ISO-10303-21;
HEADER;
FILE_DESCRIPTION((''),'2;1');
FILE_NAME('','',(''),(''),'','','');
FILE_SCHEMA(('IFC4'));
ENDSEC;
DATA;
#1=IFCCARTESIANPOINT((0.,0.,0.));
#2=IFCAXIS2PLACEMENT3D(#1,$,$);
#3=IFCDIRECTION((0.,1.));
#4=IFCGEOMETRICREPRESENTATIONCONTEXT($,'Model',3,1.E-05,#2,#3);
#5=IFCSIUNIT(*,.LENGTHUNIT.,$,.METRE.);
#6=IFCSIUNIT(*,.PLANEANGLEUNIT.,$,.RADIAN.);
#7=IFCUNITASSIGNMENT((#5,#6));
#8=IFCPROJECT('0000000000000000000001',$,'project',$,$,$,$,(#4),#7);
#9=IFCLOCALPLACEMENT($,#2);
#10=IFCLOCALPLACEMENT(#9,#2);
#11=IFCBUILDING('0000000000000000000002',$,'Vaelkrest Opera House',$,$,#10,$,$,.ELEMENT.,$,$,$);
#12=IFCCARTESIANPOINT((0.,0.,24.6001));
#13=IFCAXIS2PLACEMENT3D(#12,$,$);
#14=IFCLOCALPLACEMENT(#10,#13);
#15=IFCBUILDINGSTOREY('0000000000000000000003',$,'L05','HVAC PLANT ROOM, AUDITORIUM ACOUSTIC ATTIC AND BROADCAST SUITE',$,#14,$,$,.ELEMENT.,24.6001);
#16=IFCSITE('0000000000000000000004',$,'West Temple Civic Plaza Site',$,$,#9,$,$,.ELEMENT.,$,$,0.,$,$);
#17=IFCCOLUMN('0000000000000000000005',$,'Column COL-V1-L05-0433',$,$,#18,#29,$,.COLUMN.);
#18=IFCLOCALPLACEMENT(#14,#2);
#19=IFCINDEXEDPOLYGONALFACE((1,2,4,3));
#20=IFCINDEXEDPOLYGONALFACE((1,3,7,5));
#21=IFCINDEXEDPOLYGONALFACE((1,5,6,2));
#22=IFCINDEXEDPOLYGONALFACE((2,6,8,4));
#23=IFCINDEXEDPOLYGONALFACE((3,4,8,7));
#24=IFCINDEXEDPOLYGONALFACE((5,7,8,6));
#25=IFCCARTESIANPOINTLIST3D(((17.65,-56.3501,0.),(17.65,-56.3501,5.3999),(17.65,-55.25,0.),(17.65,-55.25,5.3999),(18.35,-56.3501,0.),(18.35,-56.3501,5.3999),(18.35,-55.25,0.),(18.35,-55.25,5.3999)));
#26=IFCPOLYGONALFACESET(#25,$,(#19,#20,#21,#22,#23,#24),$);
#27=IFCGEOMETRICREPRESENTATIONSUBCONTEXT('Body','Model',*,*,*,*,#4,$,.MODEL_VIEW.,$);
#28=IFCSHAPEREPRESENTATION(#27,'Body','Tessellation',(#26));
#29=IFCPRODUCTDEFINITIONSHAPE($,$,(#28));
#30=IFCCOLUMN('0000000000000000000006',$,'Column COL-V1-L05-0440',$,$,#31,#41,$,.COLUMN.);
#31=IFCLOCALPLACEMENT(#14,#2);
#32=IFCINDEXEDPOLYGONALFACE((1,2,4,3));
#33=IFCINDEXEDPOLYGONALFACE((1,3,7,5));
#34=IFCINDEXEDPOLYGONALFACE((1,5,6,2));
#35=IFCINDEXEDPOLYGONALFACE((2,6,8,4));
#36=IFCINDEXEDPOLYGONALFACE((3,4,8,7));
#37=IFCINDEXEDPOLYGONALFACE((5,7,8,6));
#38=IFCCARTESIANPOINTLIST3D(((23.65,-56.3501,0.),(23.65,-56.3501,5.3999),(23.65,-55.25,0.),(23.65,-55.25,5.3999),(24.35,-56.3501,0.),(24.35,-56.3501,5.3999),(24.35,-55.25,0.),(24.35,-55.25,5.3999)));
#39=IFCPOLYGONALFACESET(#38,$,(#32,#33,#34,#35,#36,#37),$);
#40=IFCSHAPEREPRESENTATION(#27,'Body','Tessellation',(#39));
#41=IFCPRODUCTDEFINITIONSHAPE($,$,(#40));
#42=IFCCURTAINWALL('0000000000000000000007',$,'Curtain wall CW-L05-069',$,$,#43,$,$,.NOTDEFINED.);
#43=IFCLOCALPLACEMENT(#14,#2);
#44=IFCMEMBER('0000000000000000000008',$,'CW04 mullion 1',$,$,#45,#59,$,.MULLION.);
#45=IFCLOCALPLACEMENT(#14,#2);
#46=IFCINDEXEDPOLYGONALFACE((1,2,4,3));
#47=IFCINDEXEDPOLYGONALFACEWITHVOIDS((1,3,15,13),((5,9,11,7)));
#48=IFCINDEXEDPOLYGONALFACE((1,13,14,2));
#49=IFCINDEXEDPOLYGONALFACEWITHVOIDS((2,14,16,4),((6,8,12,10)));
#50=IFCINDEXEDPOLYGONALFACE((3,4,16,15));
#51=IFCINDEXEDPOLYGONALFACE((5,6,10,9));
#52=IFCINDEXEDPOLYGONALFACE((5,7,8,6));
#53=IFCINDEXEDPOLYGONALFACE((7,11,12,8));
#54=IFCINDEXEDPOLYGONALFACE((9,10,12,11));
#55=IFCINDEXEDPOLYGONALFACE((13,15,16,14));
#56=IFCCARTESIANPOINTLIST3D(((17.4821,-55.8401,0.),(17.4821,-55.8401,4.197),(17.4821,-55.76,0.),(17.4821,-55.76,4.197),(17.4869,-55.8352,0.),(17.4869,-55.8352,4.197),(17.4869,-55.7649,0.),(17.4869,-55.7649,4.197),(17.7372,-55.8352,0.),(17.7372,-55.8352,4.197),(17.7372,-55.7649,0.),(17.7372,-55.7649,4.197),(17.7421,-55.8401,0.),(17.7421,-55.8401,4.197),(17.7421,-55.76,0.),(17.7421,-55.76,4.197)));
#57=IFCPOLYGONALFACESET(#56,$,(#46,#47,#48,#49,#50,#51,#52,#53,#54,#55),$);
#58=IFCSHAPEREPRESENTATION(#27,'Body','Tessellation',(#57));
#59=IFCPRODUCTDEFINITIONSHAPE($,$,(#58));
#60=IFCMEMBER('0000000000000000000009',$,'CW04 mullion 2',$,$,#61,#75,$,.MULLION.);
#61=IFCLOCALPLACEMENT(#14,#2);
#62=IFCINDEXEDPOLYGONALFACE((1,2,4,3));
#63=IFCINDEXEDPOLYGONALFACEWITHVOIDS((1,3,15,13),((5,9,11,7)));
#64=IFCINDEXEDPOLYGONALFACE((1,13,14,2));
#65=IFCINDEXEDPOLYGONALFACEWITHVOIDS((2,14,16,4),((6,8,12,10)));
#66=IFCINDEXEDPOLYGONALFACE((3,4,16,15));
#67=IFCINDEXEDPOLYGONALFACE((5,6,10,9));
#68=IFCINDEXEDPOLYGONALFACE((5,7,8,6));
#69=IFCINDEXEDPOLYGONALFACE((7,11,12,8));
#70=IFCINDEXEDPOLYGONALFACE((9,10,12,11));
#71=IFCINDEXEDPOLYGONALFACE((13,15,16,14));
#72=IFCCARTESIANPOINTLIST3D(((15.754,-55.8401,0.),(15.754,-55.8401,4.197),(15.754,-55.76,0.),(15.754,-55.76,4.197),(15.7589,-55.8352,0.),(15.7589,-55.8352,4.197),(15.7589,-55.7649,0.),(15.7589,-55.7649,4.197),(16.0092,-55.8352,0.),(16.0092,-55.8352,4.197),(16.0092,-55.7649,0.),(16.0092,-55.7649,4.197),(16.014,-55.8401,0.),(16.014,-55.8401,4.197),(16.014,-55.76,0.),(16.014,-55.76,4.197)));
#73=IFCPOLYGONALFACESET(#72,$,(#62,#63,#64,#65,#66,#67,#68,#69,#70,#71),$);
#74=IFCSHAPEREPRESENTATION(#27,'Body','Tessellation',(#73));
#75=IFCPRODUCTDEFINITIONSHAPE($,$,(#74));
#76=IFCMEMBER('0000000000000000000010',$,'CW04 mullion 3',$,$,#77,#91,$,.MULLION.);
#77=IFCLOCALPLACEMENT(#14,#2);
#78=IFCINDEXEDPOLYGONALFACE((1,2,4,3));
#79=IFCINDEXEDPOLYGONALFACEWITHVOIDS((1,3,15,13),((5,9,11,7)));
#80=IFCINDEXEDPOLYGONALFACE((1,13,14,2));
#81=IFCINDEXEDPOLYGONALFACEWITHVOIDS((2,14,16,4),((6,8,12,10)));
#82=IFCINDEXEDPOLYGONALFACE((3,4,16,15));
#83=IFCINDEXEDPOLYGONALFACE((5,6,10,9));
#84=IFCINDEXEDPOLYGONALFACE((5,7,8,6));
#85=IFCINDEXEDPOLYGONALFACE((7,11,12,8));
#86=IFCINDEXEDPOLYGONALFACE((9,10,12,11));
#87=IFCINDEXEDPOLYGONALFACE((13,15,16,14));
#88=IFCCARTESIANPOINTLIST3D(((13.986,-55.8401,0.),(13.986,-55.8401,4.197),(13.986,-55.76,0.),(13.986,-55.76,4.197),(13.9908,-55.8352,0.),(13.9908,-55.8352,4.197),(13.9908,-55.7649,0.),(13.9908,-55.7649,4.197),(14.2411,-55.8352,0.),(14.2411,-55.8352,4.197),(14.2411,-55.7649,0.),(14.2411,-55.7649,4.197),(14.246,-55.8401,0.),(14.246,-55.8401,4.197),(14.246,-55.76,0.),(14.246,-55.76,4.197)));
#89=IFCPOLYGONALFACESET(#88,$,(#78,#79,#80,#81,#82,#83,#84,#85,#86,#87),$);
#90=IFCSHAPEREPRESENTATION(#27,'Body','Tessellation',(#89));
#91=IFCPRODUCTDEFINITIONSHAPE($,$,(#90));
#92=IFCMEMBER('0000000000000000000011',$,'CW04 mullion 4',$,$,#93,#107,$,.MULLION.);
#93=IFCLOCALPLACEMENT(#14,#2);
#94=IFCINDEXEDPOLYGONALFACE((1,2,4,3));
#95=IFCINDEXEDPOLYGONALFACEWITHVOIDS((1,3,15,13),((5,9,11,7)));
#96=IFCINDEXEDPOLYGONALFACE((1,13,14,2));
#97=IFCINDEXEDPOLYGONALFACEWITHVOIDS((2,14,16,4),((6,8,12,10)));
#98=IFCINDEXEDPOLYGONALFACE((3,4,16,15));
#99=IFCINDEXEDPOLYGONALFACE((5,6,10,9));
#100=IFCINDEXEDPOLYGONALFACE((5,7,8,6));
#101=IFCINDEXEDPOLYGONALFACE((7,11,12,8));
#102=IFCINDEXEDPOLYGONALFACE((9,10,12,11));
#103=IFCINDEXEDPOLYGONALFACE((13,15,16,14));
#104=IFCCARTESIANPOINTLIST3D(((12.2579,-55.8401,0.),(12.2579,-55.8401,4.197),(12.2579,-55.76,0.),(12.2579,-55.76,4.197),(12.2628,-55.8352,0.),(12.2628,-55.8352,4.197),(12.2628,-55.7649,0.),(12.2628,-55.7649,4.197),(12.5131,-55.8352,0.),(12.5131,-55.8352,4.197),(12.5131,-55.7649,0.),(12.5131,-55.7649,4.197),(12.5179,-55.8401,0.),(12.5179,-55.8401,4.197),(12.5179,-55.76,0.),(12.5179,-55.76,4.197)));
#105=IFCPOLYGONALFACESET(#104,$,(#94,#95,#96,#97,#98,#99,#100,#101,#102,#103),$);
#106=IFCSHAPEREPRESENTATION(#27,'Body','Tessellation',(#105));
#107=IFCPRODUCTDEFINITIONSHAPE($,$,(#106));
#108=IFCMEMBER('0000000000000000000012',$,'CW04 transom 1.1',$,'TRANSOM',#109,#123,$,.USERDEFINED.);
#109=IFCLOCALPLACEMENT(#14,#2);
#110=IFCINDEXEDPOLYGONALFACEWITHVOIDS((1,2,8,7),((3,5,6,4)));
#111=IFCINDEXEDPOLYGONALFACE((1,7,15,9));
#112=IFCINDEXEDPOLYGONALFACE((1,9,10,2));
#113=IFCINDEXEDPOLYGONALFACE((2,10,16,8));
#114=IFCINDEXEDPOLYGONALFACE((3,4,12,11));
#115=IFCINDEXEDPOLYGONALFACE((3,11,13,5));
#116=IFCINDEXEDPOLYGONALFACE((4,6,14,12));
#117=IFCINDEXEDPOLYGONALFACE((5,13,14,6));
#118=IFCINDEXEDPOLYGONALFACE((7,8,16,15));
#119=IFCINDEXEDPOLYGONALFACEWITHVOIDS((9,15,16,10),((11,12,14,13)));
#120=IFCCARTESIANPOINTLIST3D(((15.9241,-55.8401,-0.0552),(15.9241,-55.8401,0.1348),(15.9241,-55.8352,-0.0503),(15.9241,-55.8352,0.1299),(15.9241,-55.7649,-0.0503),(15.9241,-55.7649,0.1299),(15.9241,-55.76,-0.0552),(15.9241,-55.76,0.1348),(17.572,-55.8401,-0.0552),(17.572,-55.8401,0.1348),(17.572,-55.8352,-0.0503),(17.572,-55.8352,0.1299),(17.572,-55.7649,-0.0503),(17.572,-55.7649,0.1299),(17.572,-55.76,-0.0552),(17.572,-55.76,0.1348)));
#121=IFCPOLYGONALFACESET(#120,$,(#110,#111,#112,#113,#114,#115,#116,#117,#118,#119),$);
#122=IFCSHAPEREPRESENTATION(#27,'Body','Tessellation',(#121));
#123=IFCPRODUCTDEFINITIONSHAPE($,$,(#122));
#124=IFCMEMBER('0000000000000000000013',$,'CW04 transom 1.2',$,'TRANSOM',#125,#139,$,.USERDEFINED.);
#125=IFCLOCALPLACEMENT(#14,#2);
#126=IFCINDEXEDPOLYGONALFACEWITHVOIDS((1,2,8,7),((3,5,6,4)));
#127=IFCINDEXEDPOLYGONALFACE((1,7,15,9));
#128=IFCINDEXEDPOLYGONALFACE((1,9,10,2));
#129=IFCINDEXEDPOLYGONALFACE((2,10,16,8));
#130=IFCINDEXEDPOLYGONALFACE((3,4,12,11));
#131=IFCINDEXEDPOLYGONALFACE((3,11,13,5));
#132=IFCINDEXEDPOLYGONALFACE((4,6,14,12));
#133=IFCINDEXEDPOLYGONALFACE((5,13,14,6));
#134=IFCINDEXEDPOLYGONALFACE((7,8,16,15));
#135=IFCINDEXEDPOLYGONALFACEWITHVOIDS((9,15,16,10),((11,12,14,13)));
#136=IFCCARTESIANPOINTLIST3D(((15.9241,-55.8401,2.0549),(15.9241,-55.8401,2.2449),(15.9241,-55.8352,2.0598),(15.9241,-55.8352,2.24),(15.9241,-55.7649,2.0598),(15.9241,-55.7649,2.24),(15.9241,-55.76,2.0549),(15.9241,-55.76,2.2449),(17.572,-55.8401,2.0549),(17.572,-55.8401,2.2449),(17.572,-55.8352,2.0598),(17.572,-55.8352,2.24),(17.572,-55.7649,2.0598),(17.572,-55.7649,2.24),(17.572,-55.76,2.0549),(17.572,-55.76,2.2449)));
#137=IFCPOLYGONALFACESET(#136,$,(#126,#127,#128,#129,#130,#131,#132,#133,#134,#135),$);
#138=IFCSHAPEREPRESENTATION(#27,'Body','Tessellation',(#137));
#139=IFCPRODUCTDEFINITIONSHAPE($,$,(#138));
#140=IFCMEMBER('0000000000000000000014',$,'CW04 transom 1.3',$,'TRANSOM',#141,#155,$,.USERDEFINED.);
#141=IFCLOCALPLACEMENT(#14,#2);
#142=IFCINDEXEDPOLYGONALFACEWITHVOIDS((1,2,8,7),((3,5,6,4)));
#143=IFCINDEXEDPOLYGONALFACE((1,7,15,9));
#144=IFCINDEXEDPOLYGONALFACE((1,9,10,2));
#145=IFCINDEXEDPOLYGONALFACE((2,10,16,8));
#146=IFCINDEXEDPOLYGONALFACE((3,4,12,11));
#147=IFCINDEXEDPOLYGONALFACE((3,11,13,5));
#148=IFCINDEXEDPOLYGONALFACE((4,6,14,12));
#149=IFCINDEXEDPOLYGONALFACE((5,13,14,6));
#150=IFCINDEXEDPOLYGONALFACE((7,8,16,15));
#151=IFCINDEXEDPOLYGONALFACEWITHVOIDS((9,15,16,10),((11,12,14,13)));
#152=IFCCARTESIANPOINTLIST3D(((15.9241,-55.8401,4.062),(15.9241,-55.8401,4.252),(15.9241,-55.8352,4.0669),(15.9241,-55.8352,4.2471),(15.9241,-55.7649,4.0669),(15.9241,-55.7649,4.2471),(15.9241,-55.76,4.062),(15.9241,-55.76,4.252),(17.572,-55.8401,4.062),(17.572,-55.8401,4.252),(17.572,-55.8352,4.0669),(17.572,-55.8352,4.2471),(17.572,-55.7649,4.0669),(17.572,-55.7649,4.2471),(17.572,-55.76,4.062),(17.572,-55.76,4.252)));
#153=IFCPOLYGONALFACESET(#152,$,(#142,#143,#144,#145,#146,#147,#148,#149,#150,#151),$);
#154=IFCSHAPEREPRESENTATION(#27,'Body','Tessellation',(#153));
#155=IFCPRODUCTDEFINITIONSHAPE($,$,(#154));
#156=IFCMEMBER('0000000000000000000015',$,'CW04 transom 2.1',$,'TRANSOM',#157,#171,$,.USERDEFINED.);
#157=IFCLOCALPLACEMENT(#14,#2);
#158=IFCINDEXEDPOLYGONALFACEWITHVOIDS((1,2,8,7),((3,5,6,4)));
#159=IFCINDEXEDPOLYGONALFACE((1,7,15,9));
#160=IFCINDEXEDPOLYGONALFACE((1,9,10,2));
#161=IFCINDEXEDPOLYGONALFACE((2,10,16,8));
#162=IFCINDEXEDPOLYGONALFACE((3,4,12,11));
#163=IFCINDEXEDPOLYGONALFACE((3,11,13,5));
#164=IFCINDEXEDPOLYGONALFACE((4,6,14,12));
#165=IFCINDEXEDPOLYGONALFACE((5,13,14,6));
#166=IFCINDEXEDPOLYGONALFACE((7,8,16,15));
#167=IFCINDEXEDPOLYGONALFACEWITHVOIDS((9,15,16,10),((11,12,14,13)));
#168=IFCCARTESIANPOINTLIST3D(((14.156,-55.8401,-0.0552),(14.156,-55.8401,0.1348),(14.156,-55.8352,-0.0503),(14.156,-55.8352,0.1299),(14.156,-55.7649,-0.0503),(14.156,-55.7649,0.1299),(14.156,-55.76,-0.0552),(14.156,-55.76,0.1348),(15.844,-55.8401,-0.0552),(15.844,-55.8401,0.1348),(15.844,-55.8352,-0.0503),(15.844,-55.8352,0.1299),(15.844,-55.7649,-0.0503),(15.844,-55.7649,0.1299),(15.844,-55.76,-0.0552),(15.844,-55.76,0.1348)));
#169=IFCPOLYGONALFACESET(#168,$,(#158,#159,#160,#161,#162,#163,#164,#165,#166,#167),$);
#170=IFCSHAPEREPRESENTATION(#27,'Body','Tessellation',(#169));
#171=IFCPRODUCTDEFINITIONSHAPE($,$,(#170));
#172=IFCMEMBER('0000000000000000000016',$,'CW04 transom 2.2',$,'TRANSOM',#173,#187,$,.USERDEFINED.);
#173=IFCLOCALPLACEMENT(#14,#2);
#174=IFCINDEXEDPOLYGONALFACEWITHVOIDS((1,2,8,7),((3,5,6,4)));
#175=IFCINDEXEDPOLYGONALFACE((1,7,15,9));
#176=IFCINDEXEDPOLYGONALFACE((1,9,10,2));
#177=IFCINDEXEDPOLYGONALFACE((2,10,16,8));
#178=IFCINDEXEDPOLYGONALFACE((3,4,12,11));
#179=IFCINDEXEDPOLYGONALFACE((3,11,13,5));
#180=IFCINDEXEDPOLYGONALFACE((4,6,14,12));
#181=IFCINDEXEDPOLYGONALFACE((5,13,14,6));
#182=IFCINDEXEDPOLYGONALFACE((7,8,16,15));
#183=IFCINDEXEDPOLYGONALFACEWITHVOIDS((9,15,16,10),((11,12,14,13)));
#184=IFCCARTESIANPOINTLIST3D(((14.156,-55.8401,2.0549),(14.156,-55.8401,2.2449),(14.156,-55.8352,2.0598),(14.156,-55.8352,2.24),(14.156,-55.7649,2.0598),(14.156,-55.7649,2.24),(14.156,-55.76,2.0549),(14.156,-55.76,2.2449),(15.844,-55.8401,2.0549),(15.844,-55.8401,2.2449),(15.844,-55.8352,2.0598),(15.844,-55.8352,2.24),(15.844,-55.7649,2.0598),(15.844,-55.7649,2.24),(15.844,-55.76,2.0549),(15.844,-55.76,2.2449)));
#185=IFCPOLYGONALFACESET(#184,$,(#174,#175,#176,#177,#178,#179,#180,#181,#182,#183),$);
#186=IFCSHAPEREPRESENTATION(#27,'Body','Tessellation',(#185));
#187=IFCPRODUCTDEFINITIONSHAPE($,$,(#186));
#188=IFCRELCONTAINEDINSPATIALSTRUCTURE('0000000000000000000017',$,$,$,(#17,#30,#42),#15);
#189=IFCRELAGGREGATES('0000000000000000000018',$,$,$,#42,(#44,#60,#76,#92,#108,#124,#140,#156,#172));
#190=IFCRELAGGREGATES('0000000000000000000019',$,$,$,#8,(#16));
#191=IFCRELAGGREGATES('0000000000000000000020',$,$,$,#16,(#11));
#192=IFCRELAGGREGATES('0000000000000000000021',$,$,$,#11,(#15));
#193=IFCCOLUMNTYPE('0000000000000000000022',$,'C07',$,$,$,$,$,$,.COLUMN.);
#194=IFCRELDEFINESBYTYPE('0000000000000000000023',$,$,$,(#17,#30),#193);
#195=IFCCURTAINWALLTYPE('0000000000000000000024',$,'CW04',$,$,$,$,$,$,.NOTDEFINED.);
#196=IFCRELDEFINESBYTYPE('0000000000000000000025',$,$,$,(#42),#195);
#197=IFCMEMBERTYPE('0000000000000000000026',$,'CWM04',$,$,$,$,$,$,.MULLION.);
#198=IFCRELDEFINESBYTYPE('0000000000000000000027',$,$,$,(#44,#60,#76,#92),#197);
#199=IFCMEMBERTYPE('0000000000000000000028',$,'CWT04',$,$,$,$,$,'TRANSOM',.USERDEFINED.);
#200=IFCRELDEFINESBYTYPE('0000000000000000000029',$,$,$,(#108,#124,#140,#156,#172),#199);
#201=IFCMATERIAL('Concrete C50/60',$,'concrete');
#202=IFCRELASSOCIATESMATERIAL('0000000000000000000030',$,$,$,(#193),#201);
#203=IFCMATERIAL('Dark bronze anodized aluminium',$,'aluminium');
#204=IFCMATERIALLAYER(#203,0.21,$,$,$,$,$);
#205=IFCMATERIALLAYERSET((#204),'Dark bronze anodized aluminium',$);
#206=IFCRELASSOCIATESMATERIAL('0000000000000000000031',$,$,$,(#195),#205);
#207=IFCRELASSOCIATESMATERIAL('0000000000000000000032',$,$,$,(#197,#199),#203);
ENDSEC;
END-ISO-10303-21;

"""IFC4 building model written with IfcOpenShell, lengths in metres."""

from ifc_helpers import new_model, si_unit, direction, frame, origin, origin_2d, place, context, subcontext, project, spatial, rectangle, hollow_rectangle, extrude, material, layer, layer_set, material_profile, profile_set, type_object, element, aggregate, save


model = new_model("IFC4")

# Units and contexts
model_context = context("Model", 3, precision=1e-05, world=origin(), true_north=direction((0.0, 1.0)))
body_context = subcontext(model_context, "Body", "Model", "MODEL_VIEW")
ifc_project = project(units=[si_unit("LENGTHUNIT", "METRE"), si_unit("PLANEANGLEUNIT", "RADIAN")], contexts=[model_context])

# Site, building, storey
site_placement = place(None, origin())
site = spatial("IfcSite", under=ifc_project, at=site_placement, Name="West Temple Civic Plaza Site", CompositionType="ELEMENT", RefElevation=0.0)
building_placement = place(site_placement, origin())
building = spatial("IfcBuilding", under=site, at=building_placement, Name="Vaelkrest Opera House", CompositionType="ELEMENT")
storey_placement = place(building_placement, frame((0.0, 0.0, 24.6001)))
storey = spatial("IfcBuildingStorey", under=building, at=storey_placement, Name="L05", Description="HVAC PLANT ROOM, AUDITORIUM ACOUSTIC ATTIC AND BROADCAST SUITE", CompositionType="ELEMENT", Elevation=24.6001)

# Columns
ifc_material_1 = material(Name="Concrete C50/60", Category="concrete")
ifc_material_profile_1 = material_profile(ifc_material_1, rectangle(XDim=0.7, YDim=1.1001, at=origin_2d()), Name="RC700X1100")
ifc_profile_set_1 = profile_set([ifc_material_profile_1], Name="Concrete C50/60")
column_type = type_object("IfcColumnType", Name="C07", PredefinedType="COLUMN", material=ifc_profile_set_1)
for number, where, z_axis, x_axis, name in (
    (1, (18.0, -55.8, 0.0), (0.0, 0.0, 1.0), (1.0, 0.0, 0.0), "Column COL-V1-L05-0433"),
    (2, (24.0, -55.8, 0.0), (0.0, 0.0, 1.0), (1.0, 0.0, 0.0), "Column COL-V1-L05-0440"),
):
    element("IfcColumn", number, at=place(storey_placement, frame(where, z_axis=z_axis, x_axis=x_axis)), inside=storey, type_object=column_type, Name=name, PredefinedType="COLUMN", context=body_context, shape_type="SweptSolid", body=[
        extrude(rectangle(XDim=0.7, YDim=1.1001, at=origin_2d()), origin(), (0.0, 0.0, 1.0), 5.3999),
    ])

# Curtain wall, members
ifc_material_2 = material(Name="Dark bronze anodized aluminium", Category="aluminium")
ifc_layer_1 = layer(ifc_material_2, 0.21)
ifc_layer_set_1 = layer_set([ifc_layer_1], Name="Dark bronze anodized aluminium")
curtain_wall_type = type_object("IfcCurtainWallType", Name="CW04", PredefinedType="NOTDEFINED", material=ifc_layer_set_1)
curtain_wall_placement = place(storey_placement, origin())
curtain_wall = element("IfcCurtainWall", 3, at=curtain_wall_placement, inside=storey, type_object=curtain_wall_type, Name="Curtain wall CW-L05-069", PredefinedType="NOTDEFINED")
ifc_material_profile_2 = material_profile(ifc_material_2, hollow_rectangle(XDim=0.0801, YDim=0.26, WallThickness=0.0049, at=origin_2d()), Name="CWM80X260")
ifc_profile_set_2 = profile_set([ifc_material_profile_2], Name="Dark bronze anodized aluminium")
member_type_1 = type_object("IfcMemberType", Name="CWM04", PredefinedType="MULLION", material=ifc_profile_set_2)
member_1_placement = place(storey_placement, frame((17.6121, -55.8, 0.0), z_axis=(0.0, 0.0, 1.0), x_axis=(0.0, -1.0, 0.0)))
member_1 = element("IfcMember", 4, at=member_1_placement, type_object=member_type_1, Name="CW04 mullion 1", PredefinedType="MULLION", context=body_context, shape_type="SweptSolid", body=[
    extrude(hollow_rectangle(XDim=0.0801, YDim=0.26, WallThickness=0.0049, at=origin_2d()), origin(), (0.0, 0.0, 1.0), 4.197),
])
member_2_placement = place(storey_placement, frame((15.884, -55.8, 0.0), z_axis=(0.0, 0.0, 1.0), x_axis=(0.0, -1.0, 0.0)))
member_2 = element("IfcMember", 5, at=member_2_placement, type_object=member_type_1, Name="CW04 mullion 2", PredefinedType="MULLION", context=body_context, shape_type="SweptSolid", body=[
    extrude(hollow_rectangle(XDim=0.0801, YDim=0.26, WallThickness=0.0049, at=origin_2d()), origin(), (0.0, 0.0, 1.0), 4.197),
])
member_3_placement = place(storey_placement, frame((14.116, -55.8, 0.0), z_axis=(0.0, 0.0, 1.0), x_axis=(0.0, -1.0, 0.0)))
member_3 = element("IfcMember", 6, at=member_3_placement, type_object=member_type_1, Name="CW04 mullion 3", PredefinedType="MULLION", context=body_context, shape_type="SweptSolid", body=[
    extrude(hollow_rectangle(XDim=0.0801, YDim=0.26, WallThickness=0.0049, at=origin_2d()), origin(), (0.0, 0.0, 1.0), 4.197),
])
member_4_placement = place(storey_placement, frame((12.3879, -55.8, 0.0), z_axis=(0.0, 0.0, 1.0), x_axis=(0.0, -1.0, 0.0)))
member_4 = element("IfcMember", 7, at=member_4_placement, type_object=member_type_1, Name="CW04 mullion 4", PredefinedType="MULLION", context=body_context, shape_type="SweptSolid", body=[
    extrude(hollow_rectangle(XDim=0.0801, YDim=0.26, WallThickness=0.0049, at=origin_2d()), origin(), (0.0, 0.0, 1.0), 4.197),
])
ifc_material_profile_3 = material_profile(ifc_material_2, hollow_rectangle(XDim=0.0801, YDim=0.1899, WallThickness=0.0049, at=origin_2d()), Name="CWT80X190")
ifc_profile_set_3 = profile_set([ifc_material_profile_3], Name="Dark bronze anodized aluminium")
member_type_2 = type_object("IfcMemberType", Name="CWT04", ElementType="TRANSOM", PredefinedType="USERDEFINED", material=ifc_profile_set_3)
member_5_placement = place(storey_placement, frame((17.572, -55.8, 0.0398), z_axis=(-1.0, 0.0, 0.0), x_axis=(0.0, -1.0, 0.0)))
member_5 = element("IfcMember", 8, at=member_5_placement, type_object=member_type_2, Name="CW04 transom 1.1", ObjectType="TRANSOM", PredefinedType="USERDEFINED", context=body_context, shape_type="SweptSolid", body=[
    extrude(hollow_rectangle(XDim=0.0801, YDim=0.1899, WallThickness=0.0049, at=origin_2d()), origin(), (0.0, 0.0, 1.0), 1.6479),
])
member_6_placement = place(storey_placement, frame((17.572, -55.8, 2.1499), z_axis=(-1.0, 0.0, 0.0), x_axis=(0.0, -1.0, 0.0)))
member_6 = element("IfcMember", 9, at=member_6_placement, type_object=member_type_2, Name="CW04 transom 1.2", ObjectType="TRANSOM", PredefinedType="USERDEFINED", context=body_context, shape_type="SweptSolid", body=[
    extrude(hollow_rectangle(XDim=0.0801, YDim=0.1899, WallThickness=0.0049, at=origin_2d()), origin(), (0.0, 0.0, 1.0), 1.6479),
])
member_7_placement = place(storey_placement, frame((17.572, -55.8, 4.157), z_axis=(-1.0, 0.0, 0.0), x_axis=(0.0, -1.0, 0.0)))
member_7 = element("IfcMember", 10, at=member_7_placement, type_object=member_type_2, Name="CW04 transom 1.3", ObjectType="TRANSOM", PredefinedType="USERDEFINED", context=body_context, shape_type="SweptSolid", body=[
    extrude(hollow_rectangle(XDim=0.0801, YDim=0.1899, WallThickness=0.0049, at=origin_2d()), origin(), (0.0, 0.0, 1.0), 1.6479),
])
member_8_placement = place(storey_placement, frame((15.844, -55.8, 0.0398), z_axis=(-1.0, 0.0, 0.0), x_axis=(0.0, -1.0, 0.0)))
member_8 = element("IfcMember", 11, at=member_8_placement, type_object=member_type_2, Name="CW04 transom 2.1", ObjectType="TRANSOM", PredefinedType="USERDEFINED", context=body_context, shape_type="SweptSolid", body=[
    extrude(hollow_rectangle(XDim=0.0801, YDim=0.1899, WallThickness=0.0049, at=origin_2d()), origin(), (0.0, 0.0, 1.0), 1.688),
])
member_9_placement = place(storey_placement, frame((15.844, -55.8, 2.1499), z_axis=(-1.0, 0.0, 0.0), x_axis=(0.0, -1.0, 0.0)))
member_9 = element("IfcMember", 12, at=member_9_placement, type_object=member_type_2, Name="CW04 transom 2.2", ObjectType="TRANSOM", PredefinedType="USERDEFINED", context=body_context, shape_type="SweptSolid", body=[
    extrude(hollow_rectangle(XDim=0.0801, YDim=0.1899, WallThickness=0.0049, at=origin_2d()), origin(), (0.0, 0.0, 1.0), 1.688),
])

aggregate(curtain_wall, [member_1, member_2, member_3, member_4, member_5, member_6, member_7, member_8, member_9])

save(model, "model.ifc")
